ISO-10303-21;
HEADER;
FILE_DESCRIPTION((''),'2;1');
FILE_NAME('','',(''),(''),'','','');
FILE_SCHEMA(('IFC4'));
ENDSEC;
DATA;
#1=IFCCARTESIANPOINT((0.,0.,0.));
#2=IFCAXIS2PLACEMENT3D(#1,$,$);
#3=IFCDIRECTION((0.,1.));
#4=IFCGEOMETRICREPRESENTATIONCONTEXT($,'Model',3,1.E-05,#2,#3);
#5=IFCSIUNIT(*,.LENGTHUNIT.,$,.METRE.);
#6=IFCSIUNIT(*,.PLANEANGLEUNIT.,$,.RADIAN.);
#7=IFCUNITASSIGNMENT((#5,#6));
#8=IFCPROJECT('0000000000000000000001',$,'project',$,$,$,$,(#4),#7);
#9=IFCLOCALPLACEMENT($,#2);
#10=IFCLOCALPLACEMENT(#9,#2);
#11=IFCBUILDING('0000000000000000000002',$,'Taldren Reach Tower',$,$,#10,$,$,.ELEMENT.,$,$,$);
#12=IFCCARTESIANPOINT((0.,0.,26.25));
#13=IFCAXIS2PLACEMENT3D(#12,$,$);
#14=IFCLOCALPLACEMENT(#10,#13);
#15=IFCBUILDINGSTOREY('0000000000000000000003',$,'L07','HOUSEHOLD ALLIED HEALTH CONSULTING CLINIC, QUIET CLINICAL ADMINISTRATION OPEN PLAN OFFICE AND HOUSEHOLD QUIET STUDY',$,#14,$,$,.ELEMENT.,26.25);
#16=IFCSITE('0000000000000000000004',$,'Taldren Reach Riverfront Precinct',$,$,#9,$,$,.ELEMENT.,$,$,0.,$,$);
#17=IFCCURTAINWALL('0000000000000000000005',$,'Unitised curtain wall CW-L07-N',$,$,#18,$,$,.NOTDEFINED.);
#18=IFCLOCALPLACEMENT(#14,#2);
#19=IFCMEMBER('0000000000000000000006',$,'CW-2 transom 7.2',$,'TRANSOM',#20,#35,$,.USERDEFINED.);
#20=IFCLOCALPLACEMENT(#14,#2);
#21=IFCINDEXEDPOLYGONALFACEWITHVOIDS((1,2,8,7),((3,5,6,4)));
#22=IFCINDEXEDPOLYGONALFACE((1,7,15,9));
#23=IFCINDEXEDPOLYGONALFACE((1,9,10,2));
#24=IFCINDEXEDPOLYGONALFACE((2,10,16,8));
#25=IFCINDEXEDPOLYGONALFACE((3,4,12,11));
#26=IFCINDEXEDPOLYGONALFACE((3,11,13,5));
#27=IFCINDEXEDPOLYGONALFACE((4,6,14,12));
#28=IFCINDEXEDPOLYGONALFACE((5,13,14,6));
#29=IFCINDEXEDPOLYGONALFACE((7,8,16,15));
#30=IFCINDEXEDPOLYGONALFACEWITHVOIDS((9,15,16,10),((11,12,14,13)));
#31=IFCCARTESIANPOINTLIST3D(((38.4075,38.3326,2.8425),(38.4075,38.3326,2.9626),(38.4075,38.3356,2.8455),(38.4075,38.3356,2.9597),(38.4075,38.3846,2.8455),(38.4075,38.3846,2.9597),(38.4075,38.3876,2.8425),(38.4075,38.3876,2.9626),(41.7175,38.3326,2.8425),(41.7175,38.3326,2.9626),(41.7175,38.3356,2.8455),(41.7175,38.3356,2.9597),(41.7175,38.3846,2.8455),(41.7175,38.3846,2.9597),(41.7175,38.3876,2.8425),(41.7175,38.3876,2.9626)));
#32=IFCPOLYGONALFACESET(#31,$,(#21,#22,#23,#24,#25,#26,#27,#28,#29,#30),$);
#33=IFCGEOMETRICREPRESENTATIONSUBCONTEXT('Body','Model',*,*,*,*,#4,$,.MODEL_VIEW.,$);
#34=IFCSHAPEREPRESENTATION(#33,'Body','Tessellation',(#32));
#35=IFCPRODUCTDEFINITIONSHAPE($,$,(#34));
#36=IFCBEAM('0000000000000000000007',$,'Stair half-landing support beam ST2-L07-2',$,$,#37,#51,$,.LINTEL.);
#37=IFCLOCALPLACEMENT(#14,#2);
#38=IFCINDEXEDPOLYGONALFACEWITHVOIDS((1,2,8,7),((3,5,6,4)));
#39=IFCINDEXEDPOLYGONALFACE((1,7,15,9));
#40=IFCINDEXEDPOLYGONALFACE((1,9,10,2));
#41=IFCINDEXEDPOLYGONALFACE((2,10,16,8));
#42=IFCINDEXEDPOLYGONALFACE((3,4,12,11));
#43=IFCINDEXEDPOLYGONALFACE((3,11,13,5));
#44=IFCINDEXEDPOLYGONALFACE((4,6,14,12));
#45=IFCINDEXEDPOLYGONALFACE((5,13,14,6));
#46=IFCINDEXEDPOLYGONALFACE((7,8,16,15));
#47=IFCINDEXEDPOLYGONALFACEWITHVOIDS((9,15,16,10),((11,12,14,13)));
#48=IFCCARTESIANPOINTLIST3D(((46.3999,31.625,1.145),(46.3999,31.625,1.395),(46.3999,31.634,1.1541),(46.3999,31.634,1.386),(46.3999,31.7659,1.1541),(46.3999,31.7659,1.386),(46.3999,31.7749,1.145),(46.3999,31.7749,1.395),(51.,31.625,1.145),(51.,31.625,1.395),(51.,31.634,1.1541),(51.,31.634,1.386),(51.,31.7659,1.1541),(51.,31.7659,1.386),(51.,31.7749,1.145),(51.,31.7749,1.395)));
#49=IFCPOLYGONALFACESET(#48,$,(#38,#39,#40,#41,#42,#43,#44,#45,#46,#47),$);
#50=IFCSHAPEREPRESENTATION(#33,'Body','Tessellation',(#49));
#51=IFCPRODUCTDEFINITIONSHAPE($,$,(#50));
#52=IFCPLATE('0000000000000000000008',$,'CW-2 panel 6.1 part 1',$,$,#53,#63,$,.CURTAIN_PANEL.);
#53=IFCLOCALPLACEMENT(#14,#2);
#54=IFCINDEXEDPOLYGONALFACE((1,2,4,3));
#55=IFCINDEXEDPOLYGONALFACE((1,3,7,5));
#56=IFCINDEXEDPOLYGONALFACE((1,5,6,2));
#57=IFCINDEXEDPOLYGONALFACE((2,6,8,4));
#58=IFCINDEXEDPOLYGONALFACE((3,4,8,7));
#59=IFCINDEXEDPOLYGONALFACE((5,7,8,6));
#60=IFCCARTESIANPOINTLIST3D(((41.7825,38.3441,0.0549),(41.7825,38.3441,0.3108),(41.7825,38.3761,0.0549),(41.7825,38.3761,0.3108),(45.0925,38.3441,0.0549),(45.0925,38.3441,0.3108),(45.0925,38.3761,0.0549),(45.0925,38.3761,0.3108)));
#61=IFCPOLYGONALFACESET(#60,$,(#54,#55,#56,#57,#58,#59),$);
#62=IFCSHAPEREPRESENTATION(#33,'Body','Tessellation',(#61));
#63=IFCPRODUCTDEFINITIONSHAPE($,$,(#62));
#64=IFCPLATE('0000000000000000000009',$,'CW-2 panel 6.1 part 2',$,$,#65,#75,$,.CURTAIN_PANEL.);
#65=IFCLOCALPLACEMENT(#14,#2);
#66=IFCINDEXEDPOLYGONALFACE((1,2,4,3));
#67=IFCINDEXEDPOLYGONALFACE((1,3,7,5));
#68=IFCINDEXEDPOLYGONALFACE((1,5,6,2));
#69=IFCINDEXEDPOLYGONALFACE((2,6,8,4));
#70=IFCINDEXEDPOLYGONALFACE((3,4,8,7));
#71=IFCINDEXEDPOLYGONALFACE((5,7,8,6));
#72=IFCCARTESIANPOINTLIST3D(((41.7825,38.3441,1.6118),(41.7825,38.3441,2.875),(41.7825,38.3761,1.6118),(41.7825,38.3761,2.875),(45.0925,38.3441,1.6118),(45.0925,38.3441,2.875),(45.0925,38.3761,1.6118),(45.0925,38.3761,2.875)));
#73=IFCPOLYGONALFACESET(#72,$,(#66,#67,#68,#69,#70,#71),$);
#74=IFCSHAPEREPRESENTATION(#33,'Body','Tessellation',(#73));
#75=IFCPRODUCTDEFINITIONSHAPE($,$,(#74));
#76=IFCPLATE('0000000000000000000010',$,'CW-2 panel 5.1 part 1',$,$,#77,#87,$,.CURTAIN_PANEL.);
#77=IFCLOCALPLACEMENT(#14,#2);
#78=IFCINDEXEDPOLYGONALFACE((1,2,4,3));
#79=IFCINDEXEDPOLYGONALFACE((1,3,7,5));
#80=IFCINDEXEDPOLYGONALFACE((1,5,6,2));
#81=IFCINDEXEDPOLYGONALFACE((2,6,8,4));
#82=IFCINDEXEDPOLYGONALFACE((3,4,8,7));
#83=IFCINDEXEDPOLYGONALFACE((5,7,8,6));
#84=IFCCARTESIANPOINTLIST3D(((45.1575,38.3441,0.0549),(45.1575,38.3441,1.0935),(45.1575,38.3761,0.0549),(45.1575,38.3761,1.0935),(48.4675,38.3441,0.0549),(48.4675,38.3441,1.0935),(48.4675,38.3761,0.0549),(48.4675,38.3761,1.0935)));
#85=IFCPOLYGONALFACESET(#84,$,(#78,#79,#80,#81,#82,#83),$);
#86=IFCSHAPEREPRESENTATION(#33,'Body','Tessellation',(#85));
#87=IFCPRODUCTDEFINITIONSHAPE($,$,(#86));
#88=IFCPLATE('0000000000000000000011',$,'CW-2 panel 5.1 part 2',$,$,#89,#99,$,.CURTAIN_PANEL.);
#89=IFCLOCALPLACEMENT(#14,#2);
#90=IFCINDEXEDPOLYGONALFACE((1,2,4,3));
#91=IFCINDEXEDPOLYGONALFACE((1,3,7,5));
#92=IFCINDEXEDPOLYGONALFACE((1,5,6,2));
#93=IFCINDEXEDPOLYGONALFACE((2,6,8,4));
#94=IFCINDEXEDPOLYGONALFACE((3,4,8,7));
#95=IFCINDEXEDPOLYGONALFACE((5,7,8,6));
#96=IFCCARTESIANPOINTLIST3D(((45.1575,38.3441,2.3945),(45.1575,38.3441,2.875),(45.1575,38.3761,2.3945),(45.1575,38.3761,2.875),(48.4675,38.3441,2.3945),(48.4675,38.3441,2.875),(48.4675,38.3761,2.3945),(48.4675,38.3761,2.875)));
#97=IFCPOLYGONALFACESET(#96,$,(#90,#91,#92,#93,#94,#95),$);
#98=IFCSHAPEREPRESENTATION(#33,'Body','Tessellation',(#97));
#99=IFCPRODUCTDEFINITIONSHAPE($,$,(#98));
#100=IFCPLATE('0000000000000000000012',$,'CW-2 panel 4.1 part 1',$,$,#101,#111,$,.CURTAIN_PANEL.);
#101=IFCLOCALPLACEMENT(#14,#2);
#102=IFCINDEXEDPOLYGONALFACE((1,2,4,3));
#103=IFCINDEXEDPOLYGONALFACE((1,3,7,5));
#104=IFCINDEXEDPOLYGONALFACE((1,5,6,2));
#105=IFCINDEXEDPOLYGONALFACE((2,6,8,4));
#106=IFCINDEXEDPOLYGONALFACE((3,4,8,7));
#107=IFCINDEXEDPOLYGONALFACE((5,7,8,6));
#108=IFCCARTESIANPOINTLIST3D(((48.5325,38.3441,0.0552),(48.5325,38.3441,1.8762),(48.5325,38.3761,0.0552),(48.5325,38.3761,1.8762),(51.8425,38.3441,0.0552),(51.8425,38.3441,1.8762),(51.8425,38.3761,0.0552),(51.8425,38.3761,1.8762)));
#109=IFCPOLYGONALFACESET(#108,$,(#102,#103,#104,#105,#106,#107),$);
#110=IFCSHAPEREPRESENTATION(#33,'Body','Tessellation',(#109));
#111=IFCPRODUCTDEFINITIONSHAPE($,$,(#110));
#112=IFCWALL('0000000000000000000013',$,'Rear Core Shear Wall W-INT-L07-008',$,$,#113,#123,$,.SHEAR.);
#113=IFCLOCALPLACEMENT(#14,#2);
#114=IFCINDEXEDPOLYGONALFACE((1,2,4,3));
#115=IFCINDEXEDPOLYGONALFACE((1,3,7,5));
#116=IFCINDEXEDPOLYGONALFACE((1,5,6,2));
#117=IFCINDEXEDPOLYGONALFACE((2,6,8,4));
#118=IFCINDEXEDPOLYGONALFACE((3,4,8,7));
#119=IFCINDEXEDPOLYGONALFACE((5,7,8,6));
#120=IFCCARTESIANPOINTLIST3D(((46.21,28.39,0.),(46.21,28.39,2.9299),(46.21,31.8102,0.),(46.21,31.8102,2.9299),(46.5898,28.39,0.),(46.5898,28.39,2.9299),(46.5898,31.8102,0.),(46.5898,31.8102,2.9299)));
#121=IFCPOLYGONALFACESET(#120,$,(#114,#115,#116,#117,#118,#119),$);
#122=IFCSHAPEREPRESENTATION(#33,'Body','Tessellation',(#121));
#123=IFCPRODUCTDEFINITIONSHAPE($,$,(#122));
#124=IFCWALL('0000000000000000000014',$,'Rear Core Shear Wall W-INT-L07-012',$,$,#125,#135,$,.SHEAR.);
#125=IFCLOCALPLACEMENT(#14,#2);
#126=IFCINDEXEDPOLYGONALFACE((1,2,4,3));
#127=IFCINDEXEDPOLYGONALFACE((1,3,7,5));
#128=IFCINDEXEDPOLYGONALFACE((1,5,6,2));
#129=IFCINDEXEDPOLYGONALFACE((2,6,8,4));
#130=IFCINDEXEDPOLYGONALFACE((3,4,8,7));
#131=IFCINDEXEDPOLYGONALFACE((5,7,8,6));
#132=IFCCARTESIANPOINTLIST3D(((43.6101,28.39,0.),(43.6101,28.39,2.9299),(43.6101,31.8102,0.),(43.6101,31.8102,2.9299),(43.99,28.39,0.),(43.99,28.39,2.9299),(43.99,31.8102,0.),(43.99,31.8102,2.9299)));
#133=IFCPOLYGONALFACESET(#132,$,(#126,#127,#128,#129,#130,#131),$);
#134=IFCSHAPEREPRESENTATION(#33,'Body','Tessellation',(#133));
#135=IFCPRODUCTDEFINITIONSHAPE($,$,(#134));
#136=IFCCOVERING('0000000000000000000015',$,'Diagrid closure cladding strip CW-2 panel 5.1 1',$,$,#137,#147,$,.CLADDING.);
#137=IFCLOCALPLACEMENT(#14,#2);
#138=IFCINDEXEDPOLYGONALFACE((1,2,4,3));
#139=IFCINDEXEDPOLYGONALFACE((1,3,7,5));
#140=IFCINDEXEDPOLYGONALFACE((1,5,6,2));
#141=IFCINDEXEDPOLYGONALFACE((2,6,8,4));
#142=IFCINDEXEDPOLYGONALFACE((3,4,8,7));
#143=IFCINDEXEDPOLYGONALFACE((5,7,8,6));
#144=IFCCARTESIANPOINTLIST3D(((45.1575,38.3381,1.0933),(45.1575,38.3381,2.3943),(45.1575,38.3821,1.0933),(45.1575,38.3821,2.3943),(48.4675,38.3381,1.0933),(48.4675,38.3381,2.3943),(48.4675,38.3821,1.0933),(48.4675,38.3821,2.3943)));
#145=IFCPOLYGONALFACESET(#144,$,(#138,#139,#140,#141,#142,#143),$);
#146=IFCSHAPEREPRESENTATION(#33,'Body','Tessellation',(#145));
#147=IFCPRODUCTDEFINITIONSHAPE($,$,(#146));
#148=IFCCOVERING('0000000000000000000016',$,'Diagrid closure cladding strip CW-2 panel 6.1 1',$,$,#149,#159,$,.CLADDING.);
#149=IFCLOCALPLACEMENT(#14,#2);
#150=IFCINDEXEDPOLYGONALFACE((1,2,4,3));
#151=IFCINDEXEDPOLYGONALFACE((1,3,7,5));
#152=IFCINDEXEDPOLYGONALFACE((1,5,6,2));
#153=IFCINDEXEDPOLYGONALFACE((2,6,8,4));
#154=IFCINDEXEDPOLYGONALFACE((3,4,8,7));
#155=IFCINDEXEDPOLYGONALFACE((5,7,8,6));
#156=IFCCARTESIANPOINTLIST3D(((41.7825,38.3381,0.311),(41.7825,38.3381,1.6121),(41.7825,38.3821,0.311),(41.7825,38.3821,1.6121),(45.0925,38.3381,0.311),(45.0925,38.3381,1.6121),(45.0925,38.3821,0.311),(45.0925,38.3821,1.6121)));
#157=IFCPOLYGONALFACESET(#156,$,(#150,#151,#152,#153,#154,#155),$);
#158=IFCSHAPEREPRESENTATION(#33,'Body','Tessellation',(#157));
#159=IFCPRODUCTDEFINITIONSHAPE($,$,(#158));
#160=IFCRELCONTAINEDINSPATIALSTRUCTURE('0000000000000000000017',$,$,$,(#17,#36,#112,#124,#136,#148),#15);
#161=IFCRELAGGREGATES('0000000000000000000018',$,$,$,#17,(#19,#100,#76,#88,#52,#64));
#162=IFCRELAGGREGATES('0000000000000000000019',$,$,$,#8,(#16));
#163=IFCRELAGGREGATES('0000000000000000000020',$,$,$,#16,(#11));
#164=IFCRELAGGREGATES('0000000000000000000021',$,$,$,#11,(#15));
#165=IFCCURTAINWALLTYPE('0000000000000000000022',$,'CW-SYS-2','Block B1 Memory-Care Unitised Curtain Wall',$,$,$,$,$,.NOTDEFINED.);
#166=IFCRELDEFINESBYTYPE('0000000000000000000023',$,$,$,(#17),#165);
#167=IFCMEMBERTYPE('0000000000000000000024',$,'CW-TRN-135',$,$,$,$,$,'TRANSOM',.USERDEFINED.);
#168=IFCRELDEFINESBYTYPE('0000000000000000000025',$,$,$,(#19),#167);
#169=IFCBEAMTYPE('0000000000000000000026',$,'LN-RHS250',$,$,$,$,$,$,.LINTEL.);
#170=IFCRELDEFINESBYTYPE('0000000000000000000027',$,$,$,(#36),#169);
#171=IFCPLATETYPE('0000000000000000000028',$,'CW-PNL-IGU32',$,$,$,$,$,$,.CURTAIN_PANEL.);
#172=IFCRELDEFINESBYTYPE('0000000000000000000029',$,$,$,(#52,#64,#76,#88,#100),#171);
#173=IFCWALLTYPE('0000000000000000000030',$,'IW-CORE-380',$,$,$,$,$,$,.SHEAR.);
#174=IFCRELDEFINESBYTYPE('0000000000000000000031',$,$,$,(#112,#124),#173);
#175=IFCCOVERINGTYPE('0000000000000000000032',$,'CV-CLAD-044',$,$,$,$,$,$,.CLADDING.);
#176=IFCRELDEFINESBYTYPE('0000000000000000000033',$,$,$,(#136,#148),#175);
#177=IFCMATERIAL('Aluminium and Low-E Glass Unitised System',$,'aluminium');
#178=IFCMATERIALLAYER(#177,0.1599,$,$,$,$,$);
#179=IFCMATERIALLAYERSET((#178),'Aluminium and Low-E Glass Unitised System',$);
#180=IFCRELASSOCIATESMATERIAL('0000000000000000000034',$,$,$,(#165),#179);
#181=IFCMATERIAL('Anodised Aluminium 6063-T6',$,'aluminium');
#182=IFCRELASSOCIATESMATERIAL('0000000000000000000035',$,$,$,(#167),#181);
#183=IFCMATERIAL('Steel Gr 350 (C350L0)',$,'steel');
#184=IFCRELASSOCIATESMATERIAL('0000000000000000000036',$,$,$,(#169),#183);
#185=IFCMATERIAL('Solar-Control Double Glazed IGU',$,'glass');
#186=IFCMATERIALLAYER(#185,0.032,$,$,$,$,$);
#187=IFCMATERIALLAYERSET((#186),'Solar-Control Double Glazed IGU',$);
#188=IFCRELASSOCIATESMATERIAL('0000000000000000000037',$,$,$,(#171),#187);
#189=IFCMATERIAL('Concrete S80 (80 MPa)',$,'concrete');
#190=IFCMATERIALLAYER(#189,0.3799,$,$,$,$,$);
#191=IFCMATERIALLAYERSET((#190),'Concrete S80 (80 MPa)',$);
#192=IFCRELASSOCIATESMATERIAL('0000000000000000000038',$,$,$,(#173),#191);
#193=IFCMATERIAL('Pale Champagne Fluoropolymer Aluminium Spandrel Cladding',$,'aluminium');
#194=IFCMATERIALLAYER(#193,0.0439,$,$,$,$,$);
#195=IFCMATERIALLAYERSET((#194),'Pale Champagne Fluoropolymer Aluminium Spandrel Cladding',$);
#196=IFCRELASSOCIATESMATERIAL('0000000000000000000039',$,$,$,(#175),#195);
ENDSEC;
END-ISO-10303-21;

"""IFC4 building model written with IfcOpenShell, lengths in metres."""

from ifc_helpers import new_model, si_unit, direction, frame, frame_2d, origin, origin_2d, place, context, subcontext, project, spatial, rectangle, hollow_rectangle, extrude, source, transform, mapped, material, layer, layer_set, material_profile, profile_set, type_object, element, aggregate, save


model = new_model("IFC4")

# Units and contexts
model_context = context("Model", 3, precision=1e-05, world=origin(), true_north=direction((0.0, 1.0)))
body_context = subcontext(model_context, "Body", "Model", "MODEL_VIEW")
ifc_project = project(units=[si_unit("LENGTHUNIT", "METRE"), si_unit("PLANEANGLEUNIT", "RADIAN")], contexts=[model_context])

# Site, building, storey
site_placement = place(None, origin())
site = spatial("IfcSite", under=ifc_project, at=site_placement, Name="Taldren Reach Riverfront Precinct", CompositionType="ELEMENT", RefElevation=0.0)
building_placement = place(site_placement, origin())
building = spatial("IfcBuilding", under=site, at=building_placement, Name="Taldren Reach Tower", CompositionType="ELEMENT")
storey_placement = place(building_placement, frame((0.0, 0.0, 26.25)))
storey = spatial("IfcBuildingStorey", under=building, at=storey_placement, Name="L07", Description="HOUSEHOLD ALLIED HEALTH CONSULTING CLINIC, QUIET CLINICAL ADMINISTRATION OPEN PLAN OFFICE AND HOUSEHOLD QUIET STUDY", CompositionType="ELEMENT", Elevation=26.25)

# Shared definitions
ifc_material_1 = material(Name="Steel Gr 350 (C350L0)", Category="steel")

# Curtain wall, member
ifc_material_2 = material(Name="Aluminium and Low-E Glass Unitised System", Category="aluminium")
ifc_layer_1 = layer(ifc_material_2, 0.1599)
ifc_layer_set_1 = layer_set([ifc_layer_1], Name="Aluminium and Low-E Glass Unitised System")
curtain_wall_type = type_object("IfcCurtainWallType", Name="CW-SYS-2", Description="Block B1 Memory-Care Unitised Curtain Wall", PredefinedType="NOTDEFINED", material=ifc_layer_set_1)
curtain_wall_placement = place(storey_placement, origin())
curtain_wall = element("IfcCurtainWall", 1, at=curtain_wall_placement, inside=storey, type_object=curtain_wall_type, Name="Unitised curtain wall CW-L07-N", PredefinedType="NOTDEFINED")
ifc_material_3 = material(Name="Anodised Aluminium 6063-T6", Category="aluminium")
ifc_material_profile_1 = material_profile(ifc_material_3, hollow_rectangle(XDim=0.0549, YDim=0.1201, WallThickness=0.0029, at=origin_2d()), Name="ALU-120x55x3RHS")
ifc_profile_set_1 = profile_set([ifc_material_profile_1], Name="Anodised Aluminium 6063-T6")
member_type_1 = type_object("IfcMemberType", Name="CW-TRN-135", ElementType="TRANSOM", PredefinedType="USERDEFINED", material=ifc_profile_set_1)
shared_shape_1 = source(origin(), body_context, "Body", "SweptSolid", [
    extrude(hollow_rectangle(XDim=0.0549, YDim=0.1201, WallThickness=0.0029, at=origin_2d()), origin(), (0.0, 0.0, 1.0), 3.3101),
])
member_1_placement = place(storey_placement, frame((41.7175, 38.3601, 2.9026), z_axis=(-1.0, 0.0, 0.0), x_axis=(0.0, -1.0, 0.0)))
member_1 = element("IfcMember", 2, at=member_1_placement, type_object=member_type_1, Name="CW-2 transom 7.2", ObjectType="TRANSOM", PredefinedType="USERDEFINED", context=body_context, shape_type="MappedRepresentation", body=[
    mapped(shared_shape_1, transform((0.0, 0.0, 0.0), scale=1.0)),
])

# Beam
ifc_material_profile_2 = material_profile(ifc_material_1, hollow_rectangle(XDim=0.1499, YDim=0.25, WallThickness=0.009, at=origin_2d()), Name="250x150x9.0RHS")
ifc_profile_set_2 = profile_set([ifc_material_profile_2], Name="Steel Gr 350 (C350L0)")
beam_type = type_object("IfcBeamType", Name="LN-RHS250", PredefinedType="LINTEL", material=ifc_profile_set_2)
shared_shape_2 = source(origin(), body_context, "Body", "SweptSolid", [
    extrude(hollow_rectangle(XDim=0.1499, YDim=0.25, WallThickness=0.009, at=origin_2d()), origin(), (0.0, 0.0, 1.0), 4.6001),
])
beam_placement = place(storey_placement, frame((46.3999, 31.7, 1.27), z_axis=(1.0, 0.0, 0.0), x_axis=(0.0, 1.0, 0.0)))
element("IfcBeam", 3, at=beam_placement, inside=storey, type_object=beam_type, Name="Stair half-landing support beam ST2-L07-2", PredefinedType="LINTEL", context=body_context, shape_type="MappedRepresentation", body=[
    mapped(shared_shape_2, transform((0.0, 0.0, 0.0), scale=1.0)),
])

# Plates
ifc_material_4 = material(Name="Solar-Control Double Glazed IGU", Category="glass")
ifc_layer_2 = layer(ifc_material_4, 0.032)
ifc_layer_set_2 = layer_set([ifc_layer_2], Name="Solar-Control Double Glazed IGU")
plate_type = type_object("IfcPlateType", Name="CW-PNL-IGU32", PredefinedType="CURTAIN_PANEL", material=ifc_layer_set_2)
shared_shape_3 = source(origin(), body_context, "Body", "SweptSolid", [
    extrude(rectangle(XDim=3.3101, YDim=0.032, at=origin_2d()), origin(), (0.0, 0.0, 1.0), 0.2559),
])
plate_1_placement = place(storey_placement, frame((43.4375, 38.3601, 0.0549), z_axis=(0.0, 0.0, 1.0), x_axis=(-1.0, 0.0, 0.0)))
plate_1 = element("IfcPlate", 4, at=plate_1_placement, type_object=plate_type, Name="CW-2 panel 6.1 part 1", PredefinedType="CURTAIN_PANEL", context=body_context, shape_type="MappedRepresentation", body=[
    mapped(shared_shape_3, transform((0.0, 0.0, 0.0), scale=1.0)),
])
shared_shape_4 = source(origin(), body_context, "Body", "SweptSolid", [
    extrude(rectangle(XDim=3.3101, YDim=0.032, at=origin_2d()), origin(), (0.0, 0.0, 1.0), 1.2632),
])
plate_2_placement = place(storey_placement, frame((43.4375, 38.3601, 1.6118), z_axis=(0.0, 0.0, 1.0), x_axis=(-1.0, 0.0, 0.0)))
plate_2 = element("IfcPlate", 5, at=plate_2_placement, type_object=plate_type, Name="CW-2 panel 6.1 part 2", PredefinedType="CURTAIN_PANEL", context=body_context, shape_type="MappedRepresentation", body=[
    mapped(shared_shape_4, transform((0.0, 0.0, 0.0), scale=1.0)),
])
shared_shape_5 = source(origin(), body_context, "Body", "SweptSolid", [
    extrude(rectangle(XDim=3.3101, YDim=0.032, at=origin_2d()), origin(), (0.0, 0.0, 1.0), 1.0386),
])
plate_3_placement = place(storey_placement, frame((46.8125, 38.3601, 0.0549), z_axis=(0.0, 0.0, 1.0), x_axis=(-1.0, 0.0, 0.0)))
plate_3 = element("IfcPlate", 6, at=plate_3_placement, type_object=plate_type, Name="CW-2 panel 5.1 part 1", PredefinedType="CURTAIN_PANEL", context=body_context, shape_type="MappedRepresentation", body=[
    mapped(shared_shape_5, transform((0.0, 0.0, 0.0), scale=1.0)),
])
shared_shape_6 = source(origin(), body_context, "Body", "SweptSolid", [
    extrude(rectangle(XDim=3.3101, YDim=0.032, at=origin_2d()), origin(), (0.0, 0.0, 1.0), 0.4805),
])
plate_4_placement = place(storey_placement, frame((46.8125, 38.3601, 2.3945), z_axis=(0.0, 0.0, 1.0), x_axis=(-1.0, 0.0, 0.0)))
plate_4 = element("IfcPlate", 7, at=plate_4_placement, type_object=plate_type, Name="CW-2 panel 5.1 part 2", PredefinedType="CURTAIN_PANEL", context=body_context, shape_type="MappedRepresentation", body=[
    mapped(shared_shape_6, transform((0.0, 0.0, 0.0), scale=1.0)),
])
shared_shape_7 = source(origin(), body_context, "Body", "SweptSolid", [
    extrude(rectangle(XDim=3.3101, YDim=0.032, at=origin_2d()), origin(), (0.0, 0.0, 1.0), 1.821),
])
plate_5_placement = place(storey_placement, frame((50.1875, 38.3601, 0.0552), z_axis=(0.0, 0.0, 1.0), x_axis=(-1.0, 0.0, 0.0)))
plate_5 = element("IfcPlate", 8, at=plate_5_placement, type_object=plate_type, Name="CW-2 panel 4.1 part 1", PredefinedType="CURTAIN_PANEL", context=body_context, shape_type="MappedRepresentation", body=[
    mapped(shared_shape_7, transform((0.0, 0.0, 0.0), scale=1.0)),
])
aggregate(curtain_wall, [member_1, plate_5, plate_3, plate_4, plate_1, plate_2])

# Walls
ifc_material_5 = material(Name="Concrete S80 (80 MPa)", Category="concrete")
ifc_layer_3 = layer(ifc_material_5, 0.3799)
ifc_layer_set_3 = layer_set([ifc_layer_3], Name="Concrete S80 (80 MPa)")
wall_type = type_object("IfcWallType", Name="IW-CORE-380", PredefinedType="SHEAR", material=ifc_layer_set_3)
shared_shape_8 = source(origin(), body_context, "Body", "SweptSolid", [
    extrude(rectangle(XDim=3.4202, YDim=0.3799, at=frame_2d((1.71, 0.0))), origin(), (0.0, 0.0, 1.0), 2.9299),
])
for number, where, z_axis, x_axis, name in (
    (9, (46.3999, 31.8101, 0.0), (0.0, 0.0, 1.0), (0.0, -1.0, 0.0), "Rear Core Shear Wall W-INT-L07-008"),
    (10, (43.8, 31.8101, 0.0), (0.0, 0.0, 1.0), (0.0, -1.0, 0.0), "Rear Core Shear Wall W-INT-L07-012"),
):
    element("IfcWall", number, at=place(storey_placement, frame(where, z_axis=z_axis, x_axis=x_axis)), inside=storey, type_object=wall_type, Name=name, PredefinedType="SHEAR", context=body_context, shape_type="MappedRepresentation", body=[
        mapped(shared_shape_8, transform((0.0, 0.0, 0.0), scale=1.0)),
    ])

# Coverings
ifc_material_6 = material(Name="Pale Champagne Fluoropolymer Aluminium Spandrel Cladding", Category="aluminium")
ifc_layer_4 = layer(ifc_material_6, 0.0439)
ifc_layer_set_4 = layer_set([ifc_layer_4], Name="Pale Champagne Fluoropolymer Aluminium Spandrel Cladding")
covering_type = type_object("IfcCoveringType", Name="CV-CLAD-044", PredefinedType="CLADDING", material=ifc_layer_set_4)
shared_shape_9 = source(origin(), body_context, "Body", "SweptSolid", [
    extrude(rectangle(XDim=3.3101, YDim=0.0439, at=origin_2d()), origin(), (0.0, 0.0, 1.0), 1.301),
])
for number, where, z_axis, x_axis, name in (
    (11, (46.8125, 38.3601, 1.0933), (0.0, 0.0, 1.0), (-1.0, 0.0, 0.0), "Diagrid closure cladding strip CW-2 panel 5.1 1"),
    (12, (43.4375, 38.3601, 0.311), (0.0, 0.0, 1.0), (-1.0, 0.0, 0.0), "Diagrid closure cladding strip CW-2 panel 6.1 1"),
):
    element("IfcCovering", number, at=place(storey_placement, frame(where, z_axis=z_axis, x_axis=x_axis)), inside=storey, type_object=covering_type, Name=name, PredefinedType="CLADDING", context=body_context, shape_type="MappedRepresentation", body=[
        mapped(shared_shape_9, transform((0.0, 0.0, 0.0), scale=1.0)),
    ])

save(model, "model.ifc")
